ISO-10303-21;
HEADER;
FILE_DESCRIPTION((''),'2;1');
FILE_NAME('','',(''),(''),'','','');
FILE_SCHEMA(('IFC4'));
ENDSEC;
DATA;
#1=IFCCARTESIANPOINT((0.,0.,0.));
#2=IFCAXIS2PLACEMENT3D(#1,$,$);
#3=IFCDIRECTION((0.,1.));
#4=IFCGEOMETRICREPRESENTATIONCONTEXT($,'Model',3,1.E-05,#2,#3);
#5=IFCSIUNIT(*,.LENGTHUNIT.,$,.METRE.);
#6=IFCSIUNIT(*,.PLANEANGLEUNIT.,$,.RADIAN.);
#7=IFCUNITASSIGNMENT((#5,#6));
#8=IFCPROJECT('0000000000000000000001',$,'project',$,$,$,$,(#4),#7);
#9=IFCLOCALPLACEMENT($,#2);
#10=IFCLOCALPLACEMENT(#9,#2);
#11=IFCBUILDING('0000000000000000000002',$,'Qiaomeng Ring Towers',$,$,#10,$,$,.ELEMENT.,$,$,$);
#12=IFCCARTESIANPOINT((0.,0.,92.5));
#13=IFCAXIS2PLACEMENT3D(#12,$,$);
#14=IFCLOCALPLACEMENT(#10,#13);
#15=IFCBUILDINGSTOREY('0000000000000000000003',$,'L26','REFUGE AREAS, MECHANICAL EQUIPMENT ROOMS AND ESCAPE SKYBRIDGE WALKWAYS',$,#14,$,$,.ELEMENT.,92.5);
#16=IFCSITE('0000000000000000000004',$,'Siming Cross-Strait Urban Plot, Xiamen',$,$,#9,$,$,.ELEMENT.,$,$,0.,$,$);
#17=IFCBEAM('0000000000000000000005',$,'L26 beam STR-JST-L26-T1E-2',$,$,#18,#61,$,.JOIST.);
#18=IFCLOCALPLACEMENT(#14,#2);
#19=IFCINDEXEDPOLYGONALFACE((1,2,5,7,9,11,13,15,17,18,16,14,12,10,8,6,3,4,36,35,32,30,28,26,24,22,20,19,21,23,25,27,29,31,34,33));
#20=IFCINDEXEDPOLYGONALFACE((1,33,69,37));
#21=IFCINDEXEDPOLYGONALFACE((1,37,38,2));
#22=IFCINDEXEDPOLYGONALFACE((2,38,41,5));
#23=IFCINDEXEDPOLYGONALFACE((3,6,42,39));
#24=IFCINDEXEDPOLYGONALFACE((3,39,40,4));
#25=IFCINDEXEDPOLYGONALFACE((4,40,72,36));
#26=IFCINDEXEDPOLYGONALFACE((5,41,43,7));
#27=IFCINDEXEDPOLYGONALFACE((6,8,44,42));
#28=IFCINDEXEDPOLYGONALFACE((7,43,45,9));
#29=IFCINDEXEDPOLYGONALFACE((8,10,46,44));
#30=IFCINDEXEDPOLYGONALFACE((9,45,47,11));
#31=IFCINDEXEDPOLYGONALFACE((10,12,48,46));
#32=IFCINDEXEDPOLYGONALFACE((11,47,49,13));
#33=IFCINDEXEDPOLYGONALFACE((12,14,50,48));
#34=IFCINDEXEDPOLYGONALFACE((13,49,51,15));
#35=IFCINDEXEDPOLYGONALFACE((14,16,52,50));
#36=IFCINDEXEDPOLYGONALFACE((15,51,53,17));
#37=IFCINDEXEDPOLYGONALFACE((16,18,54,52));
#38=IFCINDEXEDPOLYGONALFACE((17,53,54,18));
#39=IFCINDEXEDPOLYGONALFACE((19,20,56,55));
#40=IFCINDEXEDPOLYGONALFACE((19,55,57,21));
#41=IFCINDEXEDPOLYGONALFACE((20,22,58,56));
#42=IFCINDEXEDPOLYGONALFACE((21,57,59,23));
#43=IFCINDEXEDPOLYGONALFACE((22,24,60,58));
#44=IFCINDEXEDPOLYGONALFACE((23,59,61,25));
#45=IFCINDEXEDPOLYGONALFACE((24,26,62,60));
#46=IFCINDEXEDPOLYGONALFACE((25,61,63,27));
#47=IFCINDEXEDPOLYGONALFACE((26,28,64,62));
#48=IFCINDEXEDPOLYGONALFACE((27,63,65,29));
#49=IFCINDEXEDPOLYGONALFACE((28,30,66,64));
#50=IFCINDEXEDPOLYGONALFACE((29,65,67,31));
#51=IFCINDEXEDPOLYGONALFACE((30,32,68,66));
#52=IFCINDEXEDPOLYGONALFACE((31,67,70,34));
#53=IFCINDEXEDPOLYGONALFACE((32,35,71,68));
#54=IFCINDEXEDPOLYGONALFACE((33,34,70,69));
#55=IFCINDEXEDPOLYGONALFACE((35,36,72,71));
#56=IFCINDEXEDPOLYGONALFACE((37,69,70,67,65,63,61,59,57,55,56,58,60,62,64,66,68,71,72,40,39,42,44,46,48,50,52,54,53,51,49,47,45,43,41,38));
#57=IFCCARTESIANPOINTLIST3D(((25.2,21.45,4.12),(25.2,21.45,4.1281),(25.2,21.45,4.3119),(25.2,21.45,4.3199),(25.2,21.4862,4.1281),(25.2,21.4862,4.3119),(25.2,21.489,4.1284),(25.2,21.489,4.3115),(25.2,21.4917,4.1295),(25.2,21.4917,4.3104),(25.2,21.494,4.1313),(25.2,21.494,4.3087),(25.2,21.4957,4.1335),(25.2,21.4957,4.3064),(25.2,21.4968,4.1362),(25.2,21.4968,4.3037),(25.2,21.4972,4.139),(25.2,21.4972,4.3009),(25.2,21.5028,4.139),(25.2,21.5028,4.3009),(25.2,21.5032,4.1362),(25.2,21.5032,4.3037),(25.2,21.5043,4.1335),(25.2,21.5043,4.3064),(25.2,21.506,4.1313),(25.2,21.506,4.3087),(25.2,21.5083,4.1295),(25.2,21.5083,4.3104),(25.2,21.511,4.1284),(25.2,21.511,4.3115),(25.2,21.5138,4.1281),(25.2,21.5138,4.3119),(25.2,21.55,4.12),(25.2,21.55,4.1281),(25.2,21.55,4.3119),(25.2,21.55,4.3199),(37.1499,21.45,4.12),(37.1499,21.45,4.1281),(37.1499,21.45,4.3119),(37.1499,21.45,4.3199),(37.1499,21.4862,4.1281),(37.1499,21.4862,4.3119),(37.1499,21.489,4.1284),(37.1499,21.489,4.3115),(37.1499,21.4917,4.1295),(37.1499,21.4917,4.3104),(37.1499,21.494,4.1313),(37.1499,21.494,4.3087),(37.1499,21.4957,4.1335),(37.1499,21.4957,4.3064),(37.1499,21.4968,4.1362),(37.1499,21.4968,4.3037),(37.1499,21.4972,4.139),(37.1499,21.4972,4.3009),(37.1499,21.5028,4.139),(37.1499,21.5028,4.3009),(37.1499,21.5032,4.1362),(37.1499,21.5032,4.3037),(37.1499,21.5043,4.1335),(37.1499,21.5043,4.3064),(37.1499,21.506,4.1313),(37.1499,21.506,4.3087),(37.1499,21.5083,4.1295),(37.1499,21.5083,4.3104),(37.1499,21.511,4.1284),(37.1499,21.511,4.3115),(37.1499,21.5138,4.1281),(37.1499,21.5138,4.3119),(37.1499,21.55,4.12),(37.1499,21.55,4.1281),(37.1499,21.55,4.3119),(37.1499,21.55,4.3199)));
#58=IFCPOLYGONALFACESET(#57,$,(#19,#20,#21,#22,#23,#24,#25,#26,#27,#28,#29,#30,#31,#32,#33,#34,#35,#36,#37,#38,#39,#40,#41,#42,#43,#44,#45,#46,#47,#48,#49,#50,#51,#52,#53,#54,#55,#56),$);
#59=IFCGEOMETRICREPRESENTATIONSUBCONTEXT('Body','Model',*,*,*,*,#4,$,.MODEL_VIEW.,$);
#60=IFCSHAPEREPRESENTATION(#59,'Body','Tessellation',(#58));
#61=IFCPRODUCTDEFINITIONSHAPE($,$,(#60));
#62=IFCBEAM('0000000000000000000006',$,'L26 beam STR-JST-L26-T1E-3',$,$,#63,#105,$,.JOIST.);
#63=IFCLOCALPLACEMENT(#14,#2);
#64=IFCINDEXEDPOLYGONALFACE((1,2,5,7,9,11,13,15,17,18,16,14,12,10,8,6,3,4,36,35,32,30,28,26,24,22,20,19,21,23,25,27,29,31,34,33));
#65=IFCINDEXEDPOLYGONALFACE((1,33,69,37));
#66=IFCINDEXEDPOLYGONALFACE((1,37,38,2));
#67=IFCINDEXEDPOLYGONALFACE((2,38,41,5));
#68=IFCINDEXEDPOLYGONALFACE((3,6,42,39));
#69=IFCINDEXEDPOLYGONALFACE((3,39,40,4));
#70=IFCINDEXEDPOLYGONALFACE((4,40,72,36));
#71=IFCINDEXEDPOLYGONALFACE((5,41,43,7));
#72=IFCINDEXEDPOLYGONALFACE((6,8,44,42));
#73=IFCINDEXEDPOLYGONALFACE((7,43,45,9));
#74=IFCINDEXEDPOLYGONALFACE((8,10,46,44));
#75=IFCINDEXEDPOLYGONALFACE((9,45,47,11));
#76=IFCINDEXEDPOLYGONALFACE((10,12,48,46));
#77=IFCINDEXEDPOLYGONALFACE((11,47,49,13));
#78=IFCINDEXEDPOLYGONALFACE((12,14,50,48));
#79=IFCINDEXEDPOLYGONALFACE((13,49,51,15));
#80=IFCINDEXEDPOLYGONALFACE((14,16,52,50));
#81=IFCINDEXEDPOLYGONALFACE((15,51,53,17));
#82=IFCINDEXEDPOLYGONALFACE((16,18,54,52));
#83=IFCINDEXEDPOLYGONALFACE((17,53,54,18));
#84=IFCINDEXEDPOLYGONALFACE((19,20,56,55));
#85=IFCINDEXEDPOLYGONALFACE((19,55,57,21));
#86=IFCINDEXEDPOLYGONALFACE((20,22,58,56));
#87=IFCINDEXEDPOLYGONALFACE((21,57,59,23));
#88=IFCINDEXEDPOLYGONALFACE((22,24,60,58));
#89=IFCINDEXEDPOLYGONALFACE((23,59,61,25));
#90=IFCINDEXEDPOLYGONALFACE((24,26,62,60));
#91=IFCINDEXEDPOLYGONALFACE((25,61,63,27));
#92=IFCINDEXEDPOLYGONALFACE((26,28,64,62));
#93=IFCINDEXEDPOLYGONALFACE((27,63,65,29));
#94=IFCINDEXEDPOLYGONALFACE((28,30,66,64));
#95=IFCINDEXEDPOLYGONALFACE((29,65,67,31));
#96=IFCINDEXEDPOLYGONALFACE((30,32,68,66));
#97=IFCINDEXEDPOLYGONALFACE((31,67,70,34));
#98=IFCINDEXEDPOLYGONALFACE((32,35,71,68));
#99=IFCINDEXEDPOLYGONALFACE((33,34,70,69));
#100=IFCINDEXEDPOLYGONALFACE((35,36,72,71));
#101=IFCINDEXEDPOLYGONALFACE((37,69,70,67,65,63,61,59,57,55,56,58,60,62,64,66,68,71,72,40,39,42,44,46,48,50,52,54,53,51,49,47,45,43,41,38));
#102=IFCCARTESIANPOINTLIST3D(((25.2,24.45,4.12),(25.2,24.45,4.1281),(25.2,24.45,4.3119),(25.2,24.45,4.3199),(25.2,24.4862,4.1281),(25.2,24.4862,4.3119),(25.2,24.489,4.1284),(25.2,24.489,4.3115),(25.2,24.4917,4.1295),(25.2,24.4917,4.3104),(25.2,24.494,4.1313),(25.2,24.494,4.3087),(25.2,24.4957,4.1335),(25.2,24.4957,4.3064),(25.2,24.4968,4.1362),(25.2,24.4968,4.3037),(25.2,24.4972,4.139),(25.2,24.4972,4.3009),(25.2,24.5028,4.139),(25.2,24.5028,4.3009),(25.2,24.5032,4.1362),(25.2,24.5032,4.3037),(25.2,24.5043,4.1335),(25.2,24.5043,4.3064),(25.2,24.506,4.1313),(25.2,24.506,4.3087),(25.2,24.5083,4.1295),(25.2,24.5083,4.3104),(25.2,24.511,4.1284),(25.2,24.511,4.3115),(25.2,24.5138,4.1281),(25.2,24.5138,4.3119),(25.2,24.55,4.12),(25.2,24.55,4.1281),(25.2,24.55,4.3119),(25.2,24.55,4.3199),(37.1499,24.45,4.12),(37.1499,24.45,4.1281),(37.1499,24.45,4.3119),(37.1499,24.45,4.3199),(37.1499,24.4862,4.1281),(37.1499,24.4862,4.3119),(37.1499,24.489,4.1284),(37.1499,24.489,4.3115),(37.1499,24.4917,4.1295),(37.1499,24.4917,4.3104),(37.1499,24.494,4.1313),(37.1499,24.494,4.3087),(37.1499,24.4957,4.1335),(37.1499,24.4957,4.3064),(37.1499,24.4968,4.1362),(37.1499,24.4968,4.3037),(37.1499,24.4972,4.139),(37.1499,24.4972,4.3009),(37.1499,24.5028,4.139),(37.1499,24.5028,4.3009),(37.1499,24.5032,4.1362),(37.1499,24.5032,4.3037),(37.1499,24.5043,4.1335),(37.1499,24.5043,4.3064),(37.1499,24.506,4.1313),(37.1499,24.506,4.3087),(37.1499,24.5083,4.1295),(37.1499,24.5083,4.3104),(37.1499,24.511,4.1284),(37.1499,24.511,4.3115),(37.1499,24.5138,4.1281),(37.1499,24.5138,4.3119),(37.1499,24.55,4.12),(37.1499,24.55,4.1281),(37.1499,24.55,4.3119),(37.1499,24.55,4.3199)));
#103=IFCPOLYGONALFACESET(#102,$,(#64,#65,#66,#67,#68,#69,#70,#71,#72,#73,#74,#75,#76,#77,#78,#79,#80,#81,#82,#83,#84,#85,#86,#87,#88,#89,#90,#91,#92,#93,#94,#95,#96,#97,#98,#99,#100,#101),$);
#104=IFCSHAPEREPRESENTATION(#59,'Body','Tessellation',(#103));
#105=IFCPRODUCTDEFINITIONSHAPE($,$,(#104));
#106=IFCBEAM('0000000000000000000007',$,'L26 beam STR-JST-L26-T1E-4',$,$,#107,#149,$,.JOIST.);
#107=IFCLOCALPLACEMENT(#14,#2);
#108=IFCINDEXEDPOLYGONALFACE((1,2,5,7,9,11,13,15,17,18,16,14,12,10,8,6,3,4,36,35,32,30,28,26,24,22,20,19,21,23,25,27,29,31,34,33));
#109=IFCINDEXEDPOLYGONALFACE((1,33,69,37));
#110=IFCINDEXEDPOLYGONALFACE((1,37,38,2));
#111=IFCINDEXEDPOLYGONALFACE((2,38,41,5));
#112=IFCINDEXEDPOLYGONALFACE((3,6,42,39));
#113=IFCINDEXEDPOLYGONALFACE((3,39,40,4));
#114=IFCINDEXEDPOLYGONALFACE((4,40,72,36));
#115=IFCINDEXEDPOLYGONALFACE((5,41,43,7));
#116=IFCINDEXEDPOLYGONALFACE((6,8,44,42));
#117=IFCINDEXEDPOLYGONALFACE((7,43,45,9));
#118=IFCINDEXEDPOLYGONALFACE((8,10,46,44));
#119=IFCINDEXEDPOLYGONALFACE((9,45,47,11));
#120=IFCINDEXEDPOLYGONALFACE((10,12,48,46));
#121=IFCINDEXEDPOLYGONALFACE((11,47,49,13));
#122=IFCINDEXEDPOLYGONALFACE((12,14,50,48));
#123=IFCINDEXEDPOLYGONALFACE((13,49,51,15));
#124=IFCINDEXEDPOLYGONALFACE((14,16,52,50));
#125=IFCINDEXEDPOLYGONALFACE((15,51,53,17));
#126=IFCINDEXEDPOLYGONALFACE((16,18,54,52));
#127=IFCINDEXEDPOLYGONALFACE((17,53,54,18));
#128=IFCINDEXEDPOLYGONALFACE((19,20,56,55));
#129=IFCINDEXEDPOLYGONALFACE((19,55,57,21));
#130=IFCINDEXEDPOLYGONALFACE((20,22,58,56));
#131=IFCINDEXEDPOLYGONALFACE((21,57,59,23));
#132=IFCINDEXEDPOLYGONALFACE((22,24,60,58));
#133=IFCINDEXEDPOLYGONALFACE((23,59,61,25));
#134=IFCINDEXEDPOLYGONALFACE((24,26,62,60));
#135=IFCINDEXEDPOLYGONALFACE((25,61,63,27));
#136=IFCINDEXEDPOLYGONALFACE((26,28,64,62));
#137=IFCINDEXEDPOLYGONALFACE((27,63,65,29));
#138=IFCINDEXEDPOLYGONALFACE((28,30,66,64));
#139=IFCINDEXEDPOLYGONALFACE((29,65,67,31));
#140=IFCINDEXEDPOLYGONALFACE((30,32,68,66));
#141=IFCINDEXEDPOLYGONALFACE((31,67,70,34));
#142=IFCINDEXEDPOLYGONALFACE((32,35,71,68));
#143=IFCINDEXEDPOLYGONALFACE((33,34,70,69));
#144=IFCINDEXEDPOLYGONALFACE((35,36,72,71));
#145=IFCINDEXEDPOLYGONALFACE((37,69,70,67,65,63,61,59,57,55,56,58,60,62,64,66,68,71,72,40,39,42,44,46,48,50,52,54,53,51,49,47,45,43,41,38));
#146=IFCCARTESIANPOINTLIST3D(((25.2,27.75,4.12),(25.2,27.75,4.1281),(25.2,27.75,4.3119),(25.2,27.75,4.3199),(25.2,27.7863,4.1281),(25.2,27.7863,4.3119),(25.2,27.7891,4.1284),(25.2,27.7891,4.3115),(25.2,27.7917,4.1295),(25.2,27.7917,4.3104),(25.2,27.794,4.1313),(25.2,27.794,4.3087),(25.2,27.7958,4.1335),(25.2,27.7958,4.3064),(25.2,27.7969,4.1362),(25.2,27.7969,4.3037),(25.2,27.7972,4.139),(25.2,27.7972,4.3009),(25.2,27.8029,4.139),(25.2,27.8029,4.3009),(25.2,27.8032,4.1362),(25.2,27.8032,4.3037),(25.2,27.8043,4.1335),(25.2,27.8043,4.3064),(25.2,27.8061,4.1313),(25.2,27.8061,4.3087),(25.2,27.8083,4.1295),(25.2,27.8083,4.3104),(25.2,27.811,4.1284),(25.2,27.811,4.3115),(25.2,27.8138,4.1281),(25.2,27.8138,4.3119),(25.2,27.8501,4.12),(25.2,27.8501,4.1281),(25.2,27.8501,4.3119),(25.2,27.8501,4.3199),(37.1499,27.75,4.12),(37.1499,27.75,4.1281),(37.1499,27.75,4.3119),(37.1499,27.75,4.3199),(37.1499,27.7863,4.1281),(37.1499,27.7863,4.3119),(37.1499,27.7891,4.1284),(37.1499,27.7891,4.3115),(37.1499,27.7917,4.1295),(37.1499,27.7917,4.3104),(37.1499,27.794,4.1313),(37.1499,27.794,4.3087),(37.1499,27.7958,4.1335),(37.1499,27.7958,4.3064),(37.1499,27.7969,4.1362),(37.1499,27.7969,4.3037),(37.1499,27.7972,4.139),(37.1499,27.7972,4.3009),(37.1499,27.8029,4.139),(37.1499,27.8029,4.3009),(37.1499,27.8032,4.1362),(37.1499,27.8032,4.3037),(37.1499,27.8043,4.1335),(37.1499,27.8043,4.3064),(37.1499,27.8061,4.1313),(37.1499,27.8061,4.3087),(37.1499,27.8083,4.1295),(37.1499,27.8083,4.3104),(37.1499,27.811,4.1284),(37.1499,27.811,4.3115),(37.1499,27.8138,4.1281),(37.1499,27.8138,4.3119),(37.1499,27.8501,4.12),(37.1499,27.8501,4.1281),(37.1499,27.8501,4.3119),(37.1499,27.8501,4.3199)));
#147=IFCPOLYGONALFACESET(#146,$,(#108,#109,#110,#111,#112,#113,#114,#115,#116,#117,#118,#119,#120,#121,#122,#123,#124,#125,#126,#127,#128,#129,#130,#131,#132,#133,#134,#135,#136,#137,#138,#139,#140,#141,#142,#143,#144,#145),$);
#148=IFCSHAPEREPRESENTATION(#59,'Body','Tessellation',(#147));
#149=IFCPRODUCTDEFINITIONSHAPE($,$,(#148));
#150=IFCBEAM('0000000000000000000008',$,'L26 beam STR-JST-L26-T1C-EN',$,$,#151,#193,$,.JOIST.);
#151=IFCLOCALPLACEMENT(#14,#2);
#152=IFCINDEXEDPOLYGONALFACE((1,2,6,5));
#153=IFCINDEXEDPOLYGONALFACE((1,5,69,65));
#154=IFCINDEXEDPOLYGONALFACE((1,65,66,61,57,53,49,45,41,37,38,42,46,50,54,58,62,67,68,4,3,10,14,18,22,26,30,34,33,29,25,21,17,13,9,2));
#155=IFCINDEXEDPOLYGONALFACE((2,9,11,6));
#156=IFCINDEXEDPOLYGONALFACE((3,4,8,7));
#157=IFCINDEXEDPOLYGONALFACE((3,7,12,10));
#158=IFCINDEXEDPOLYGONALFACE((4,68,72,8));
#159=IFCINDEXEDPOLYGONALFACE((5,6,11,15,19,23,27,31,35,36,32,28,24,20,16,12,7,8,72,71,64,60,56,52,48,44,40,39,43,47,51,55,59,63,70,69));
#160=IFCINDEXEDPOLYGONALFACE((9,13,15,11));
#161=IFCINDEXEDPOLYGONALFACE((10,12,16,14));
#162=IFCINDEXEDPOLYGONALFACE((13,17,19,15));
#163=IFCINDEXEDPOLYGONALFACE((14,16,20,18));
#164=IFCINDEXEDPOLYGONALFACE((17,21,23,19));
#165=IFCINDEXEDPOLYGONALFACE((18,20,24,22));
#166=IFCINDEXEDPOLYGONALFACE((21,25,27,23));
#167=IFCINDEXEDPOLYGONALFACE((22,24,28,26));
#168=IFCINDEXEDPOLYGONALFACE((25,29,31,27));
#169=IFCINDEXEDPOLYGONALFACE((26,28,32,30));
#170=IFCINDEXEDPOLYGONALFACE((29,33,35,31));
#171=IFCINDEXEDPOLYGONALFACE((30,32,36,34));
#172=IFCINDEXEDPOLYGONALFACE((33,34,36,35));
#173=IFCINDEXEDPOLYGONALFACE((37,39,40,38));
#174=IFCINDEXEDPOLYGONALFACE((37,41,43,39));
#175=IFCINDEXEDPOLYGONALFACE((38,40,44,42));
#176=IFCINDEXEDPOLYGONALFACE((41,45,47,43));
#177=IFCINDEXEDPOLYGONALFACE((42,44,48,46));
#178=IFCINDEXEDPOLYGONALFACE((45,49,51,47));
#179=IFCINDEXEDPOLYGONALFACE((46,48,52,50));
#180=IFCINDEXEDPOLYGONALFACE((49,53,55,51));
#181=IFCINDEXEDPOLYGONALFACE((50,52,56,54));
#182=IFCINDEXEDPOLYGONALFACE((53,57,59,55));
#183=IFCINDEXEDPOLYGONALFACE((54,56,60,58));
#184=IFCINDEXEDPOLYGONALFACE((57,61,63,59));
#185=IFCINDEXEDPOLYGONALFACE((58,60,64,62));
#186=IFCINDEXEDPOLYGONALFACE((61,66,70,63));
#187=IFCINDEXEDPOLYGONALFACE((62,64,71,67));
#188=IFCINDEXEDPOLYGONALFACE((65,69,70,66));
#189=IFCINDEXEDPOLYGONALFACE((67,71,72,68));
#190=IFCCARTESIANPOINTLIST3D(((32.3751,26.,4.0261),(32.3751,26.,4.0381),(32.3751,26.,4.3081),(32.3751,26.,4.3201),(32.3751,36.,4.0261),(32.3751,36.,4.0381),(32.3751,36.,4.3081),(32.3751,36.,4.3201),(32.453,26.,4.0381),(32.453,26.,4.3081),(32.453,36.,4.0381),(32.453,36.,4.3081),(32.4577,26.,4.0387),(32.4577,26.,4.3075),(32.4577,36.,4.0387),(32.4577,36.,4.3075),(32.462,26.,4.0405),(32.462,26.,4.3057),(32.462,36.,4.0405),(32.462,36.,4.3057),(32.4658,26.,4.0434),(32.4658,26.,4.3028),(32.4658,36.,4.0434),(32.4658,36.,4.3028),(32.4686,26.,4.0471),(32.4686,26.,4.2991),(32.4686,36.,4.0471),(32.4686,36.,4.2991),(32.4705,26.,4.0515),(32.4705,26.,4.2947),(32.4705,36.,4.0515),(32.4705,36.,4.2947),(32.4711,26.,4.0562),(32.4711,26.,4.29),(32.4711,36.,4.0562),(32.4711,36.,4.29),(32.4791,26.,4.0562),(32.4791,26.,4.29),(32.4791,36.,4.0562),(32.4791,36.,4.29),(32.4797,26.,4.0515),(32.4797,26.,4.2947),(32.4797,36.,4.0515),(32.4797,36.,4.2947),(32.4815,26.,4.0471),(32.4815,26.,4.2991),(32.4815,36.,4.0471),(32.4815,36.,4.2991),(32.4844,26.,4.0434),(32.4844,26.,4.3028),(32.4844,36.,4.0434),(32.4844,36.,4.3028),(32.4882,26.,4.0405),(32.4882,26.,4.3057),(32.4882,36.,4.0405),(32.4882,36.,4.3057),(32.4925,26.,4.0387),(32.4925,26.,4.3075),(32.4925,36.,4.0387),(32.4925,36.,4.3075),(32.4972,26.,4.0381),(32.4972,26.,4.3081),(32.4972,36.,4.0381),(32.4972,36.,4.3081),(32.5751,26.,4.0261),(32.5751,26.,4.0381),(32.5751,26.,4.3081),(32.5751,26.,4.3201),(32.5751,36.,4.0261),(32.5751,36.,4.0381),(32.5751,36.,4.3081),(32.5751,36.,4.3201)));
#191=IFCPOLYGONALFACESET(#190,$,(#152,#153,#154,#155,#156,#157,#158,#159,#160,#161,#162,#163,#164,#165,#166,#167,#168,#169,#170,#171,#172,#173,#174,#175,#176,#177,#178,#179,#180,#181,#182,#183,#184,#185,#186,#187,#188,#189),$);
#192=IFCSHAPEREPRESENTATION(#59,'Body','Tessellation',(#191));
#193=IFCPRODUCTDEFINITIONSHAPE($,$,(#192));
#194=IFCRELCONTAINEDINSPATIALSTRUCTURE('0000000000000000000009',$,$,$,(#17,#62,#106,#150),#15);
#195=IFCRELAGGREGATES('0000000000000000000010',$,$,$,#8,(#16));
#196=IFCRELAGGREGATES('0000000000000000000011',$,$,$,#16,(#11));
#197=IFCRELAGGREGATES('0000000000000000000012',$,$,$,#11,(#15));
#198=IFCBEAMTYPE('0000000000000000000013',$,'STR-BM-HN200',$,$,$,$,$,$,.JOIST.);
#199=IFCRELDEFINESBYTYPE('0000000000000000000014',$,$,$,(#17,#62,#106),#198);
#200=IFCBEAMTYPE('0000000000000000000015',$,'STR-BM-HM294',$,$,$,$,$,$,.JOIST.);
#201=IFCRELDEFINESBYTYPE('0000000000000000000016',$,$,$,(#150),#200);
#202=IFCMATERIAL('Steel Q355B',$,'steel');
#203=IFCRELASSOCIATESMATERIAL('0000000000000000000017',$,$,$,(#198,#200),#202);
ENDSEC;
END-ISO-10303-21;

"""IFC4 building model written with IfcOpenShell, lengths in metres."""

from ifc_helpers import new_model, si_unit, direction, frame, origin, origin_2d, place, context, subcontext, project, spatial, i_section, extrude, source, transform, mapped, material, material_profile, profile_set, type_object, element, save


model = new_model("IFC4")

# Units and contexts
model_context = context("Model", 3, precision=1e-05, world=origin(), true_north=direction((0.0, 1.0)))
body_context = subcontext(model_context, "Body", "Model", "MODEL_VIEW")
ifc_project = project(units=[si_unit("LENGTHUNIT", "METRE"), si_unit("PLANEANGLEUNIT", "RADIAN")], contexts=[model_context])

# Site, building, storey
site_placement = place(None, origin())
site = spatial("IfcSite", under=ifc_project, at=site_placement, Name="Siming Cross-Strait Urban Plot, Xiamen", CompositionType="ELEMENT", RefElevation=0.0)
building_placement = place(site_placement, origin())
building = spatial("IfcBuilding", under=site, at=building_placement, Name="Qiaomeng Ring Towers", CompositionType="ELEMENT")
storey_placement = place(building_placement, frame((0.0, 0.0, 92.5)))
storey = spatial("IfcBuildingStorey", under=building, at=storey_placement, Name="L26", Description="REFUGE AREAS, MECHANICAL EQUIPMENT ROOMS AND ESCAPE SKYBRIDGE WALKWAYS", CompositionType="ELEMENT", Elevation=92.5)

# Beams
ifc_material_1 = material(Name="Steel Q355B", Category="steel")
ifc_material_profile_1 = material_profile(ifc_material_1, i_section(OverallWidth=0.1001, OverallDepth=0.2, WebThickness=0.0056, FlangeThickness=0.0081, FilletRadius=0.011, at=origin_2d()), Name="HN 200x100x5.5x8")
ifc_profile_set_1 = profile_set([ifc_material_profile_1], Name="Steel Q355B")
beam_type_1 = type_object("IfcBeamType", Name="STR-BM-HN200", PredefinedType="JOIST", material=ifc_profile_set_1)
shared_shape_1 = source(origin(), body_context, "Body", "SweptSolid", [
    extrude(i_section(OverallWidth=0.1001, OverallDepth=0.2, WebThickness=0.0056, FlangeThickness=0.0081, FilletRadius=0.011, at=origin_2d()), origin(), (0.0, 0.0, 1.0), 11.95),
])
for number, where, z_axis, x_axis, name in (
    (1, (25.2, 21.5, 4.22), (1.0, 0.0, 0.0), (0.0, 1.0, 0.0), "L26 beam STR-JST-L26-T1E-2"),
    (2, (25.2, 24.5, 4.22), (1.0, 0.0, 0.0), (0.0, 1.0, 0.0), "L26 beam STR-JST-L26-T1E-3"),
    (3, (25.2, 27.8, 4.22), (1.0, 0.0, 0.0), (0.0, 1.0, 0.0), "L26 beam STR-JST-L26-T1E-4"),
):
    element("IfcBeam", number, at=place(storey_placement, frame(where, z_axis=z_axis, x_axis=x_axis)), inside=storey, type_object=beam_type_1, Name=name, PredefinedType="JOIST", context=body_context, shape_type="MappedRepresentation", body=[
        mapped(shared_shape_1, transform((0.0, 0.0, 0.0), x_axis=(1.0, 0.0, 0.0), y_axis=(0.0, 1.0, 0.0), z_axis=(0.0, 0.0, 1.0), scale=1.0)),
    ])
ifc_material_profile_2 = material_profile(ifc_material_1, i_section(OverallWidth=0.2, OverallDepth=0.2939, WebThickness=0.0081, FlangeThickness=0.012, FilletRadius=0.0181, at=origin_2d()), Name="HM 294x200x8x12")
ifc_profile_set_2 = profile_set([ifc_material_profile_2], Name="Steel Q355B")
beam_type_2 = type_object("IfcBeamType", Name="STR-BM-HM294", PredefinedType="JOIST", material=ifc_profile_set_2)
shared_shape_2 = source(origin(), body_context, "Body", "SweptSolid", [
    extrude(i_section(OverallWidth=0.2, OverallDepth=0.2939, WebThickness=0.0081, FlangeThickness=0.012, FilletRadius=0.0181, at=origin_2d()), origin(), (0.0, 0.0, 1.0), 10.0),
])
beam_1_placement = place(storey_placement, frame((32.4751, 26.0, 4.1731), z_axis=(0.0, 1.0, 0.0), x_axis=(-1.0, 0.0, 0.0)))
element("IfcBeam", 4, at=beam_1_placement, inside=storey, type_object=beam_type_2, Name="L26 beam STR-JST-L26-T1C-EN", PredefinedType="JOIST", context=body_context, shape_type="MappedRepresentation", body=[
    mapped(shared_shape_2, transform((0.0, 0.0, 0.0), x_axis=(1.0, 0.0, 0.0), y_axis=(0.0, 1.0, 0.0), z_axis=(0.0, 0.0, 1.0), scale=1.0)),
])

save(model, "model.ifc")
